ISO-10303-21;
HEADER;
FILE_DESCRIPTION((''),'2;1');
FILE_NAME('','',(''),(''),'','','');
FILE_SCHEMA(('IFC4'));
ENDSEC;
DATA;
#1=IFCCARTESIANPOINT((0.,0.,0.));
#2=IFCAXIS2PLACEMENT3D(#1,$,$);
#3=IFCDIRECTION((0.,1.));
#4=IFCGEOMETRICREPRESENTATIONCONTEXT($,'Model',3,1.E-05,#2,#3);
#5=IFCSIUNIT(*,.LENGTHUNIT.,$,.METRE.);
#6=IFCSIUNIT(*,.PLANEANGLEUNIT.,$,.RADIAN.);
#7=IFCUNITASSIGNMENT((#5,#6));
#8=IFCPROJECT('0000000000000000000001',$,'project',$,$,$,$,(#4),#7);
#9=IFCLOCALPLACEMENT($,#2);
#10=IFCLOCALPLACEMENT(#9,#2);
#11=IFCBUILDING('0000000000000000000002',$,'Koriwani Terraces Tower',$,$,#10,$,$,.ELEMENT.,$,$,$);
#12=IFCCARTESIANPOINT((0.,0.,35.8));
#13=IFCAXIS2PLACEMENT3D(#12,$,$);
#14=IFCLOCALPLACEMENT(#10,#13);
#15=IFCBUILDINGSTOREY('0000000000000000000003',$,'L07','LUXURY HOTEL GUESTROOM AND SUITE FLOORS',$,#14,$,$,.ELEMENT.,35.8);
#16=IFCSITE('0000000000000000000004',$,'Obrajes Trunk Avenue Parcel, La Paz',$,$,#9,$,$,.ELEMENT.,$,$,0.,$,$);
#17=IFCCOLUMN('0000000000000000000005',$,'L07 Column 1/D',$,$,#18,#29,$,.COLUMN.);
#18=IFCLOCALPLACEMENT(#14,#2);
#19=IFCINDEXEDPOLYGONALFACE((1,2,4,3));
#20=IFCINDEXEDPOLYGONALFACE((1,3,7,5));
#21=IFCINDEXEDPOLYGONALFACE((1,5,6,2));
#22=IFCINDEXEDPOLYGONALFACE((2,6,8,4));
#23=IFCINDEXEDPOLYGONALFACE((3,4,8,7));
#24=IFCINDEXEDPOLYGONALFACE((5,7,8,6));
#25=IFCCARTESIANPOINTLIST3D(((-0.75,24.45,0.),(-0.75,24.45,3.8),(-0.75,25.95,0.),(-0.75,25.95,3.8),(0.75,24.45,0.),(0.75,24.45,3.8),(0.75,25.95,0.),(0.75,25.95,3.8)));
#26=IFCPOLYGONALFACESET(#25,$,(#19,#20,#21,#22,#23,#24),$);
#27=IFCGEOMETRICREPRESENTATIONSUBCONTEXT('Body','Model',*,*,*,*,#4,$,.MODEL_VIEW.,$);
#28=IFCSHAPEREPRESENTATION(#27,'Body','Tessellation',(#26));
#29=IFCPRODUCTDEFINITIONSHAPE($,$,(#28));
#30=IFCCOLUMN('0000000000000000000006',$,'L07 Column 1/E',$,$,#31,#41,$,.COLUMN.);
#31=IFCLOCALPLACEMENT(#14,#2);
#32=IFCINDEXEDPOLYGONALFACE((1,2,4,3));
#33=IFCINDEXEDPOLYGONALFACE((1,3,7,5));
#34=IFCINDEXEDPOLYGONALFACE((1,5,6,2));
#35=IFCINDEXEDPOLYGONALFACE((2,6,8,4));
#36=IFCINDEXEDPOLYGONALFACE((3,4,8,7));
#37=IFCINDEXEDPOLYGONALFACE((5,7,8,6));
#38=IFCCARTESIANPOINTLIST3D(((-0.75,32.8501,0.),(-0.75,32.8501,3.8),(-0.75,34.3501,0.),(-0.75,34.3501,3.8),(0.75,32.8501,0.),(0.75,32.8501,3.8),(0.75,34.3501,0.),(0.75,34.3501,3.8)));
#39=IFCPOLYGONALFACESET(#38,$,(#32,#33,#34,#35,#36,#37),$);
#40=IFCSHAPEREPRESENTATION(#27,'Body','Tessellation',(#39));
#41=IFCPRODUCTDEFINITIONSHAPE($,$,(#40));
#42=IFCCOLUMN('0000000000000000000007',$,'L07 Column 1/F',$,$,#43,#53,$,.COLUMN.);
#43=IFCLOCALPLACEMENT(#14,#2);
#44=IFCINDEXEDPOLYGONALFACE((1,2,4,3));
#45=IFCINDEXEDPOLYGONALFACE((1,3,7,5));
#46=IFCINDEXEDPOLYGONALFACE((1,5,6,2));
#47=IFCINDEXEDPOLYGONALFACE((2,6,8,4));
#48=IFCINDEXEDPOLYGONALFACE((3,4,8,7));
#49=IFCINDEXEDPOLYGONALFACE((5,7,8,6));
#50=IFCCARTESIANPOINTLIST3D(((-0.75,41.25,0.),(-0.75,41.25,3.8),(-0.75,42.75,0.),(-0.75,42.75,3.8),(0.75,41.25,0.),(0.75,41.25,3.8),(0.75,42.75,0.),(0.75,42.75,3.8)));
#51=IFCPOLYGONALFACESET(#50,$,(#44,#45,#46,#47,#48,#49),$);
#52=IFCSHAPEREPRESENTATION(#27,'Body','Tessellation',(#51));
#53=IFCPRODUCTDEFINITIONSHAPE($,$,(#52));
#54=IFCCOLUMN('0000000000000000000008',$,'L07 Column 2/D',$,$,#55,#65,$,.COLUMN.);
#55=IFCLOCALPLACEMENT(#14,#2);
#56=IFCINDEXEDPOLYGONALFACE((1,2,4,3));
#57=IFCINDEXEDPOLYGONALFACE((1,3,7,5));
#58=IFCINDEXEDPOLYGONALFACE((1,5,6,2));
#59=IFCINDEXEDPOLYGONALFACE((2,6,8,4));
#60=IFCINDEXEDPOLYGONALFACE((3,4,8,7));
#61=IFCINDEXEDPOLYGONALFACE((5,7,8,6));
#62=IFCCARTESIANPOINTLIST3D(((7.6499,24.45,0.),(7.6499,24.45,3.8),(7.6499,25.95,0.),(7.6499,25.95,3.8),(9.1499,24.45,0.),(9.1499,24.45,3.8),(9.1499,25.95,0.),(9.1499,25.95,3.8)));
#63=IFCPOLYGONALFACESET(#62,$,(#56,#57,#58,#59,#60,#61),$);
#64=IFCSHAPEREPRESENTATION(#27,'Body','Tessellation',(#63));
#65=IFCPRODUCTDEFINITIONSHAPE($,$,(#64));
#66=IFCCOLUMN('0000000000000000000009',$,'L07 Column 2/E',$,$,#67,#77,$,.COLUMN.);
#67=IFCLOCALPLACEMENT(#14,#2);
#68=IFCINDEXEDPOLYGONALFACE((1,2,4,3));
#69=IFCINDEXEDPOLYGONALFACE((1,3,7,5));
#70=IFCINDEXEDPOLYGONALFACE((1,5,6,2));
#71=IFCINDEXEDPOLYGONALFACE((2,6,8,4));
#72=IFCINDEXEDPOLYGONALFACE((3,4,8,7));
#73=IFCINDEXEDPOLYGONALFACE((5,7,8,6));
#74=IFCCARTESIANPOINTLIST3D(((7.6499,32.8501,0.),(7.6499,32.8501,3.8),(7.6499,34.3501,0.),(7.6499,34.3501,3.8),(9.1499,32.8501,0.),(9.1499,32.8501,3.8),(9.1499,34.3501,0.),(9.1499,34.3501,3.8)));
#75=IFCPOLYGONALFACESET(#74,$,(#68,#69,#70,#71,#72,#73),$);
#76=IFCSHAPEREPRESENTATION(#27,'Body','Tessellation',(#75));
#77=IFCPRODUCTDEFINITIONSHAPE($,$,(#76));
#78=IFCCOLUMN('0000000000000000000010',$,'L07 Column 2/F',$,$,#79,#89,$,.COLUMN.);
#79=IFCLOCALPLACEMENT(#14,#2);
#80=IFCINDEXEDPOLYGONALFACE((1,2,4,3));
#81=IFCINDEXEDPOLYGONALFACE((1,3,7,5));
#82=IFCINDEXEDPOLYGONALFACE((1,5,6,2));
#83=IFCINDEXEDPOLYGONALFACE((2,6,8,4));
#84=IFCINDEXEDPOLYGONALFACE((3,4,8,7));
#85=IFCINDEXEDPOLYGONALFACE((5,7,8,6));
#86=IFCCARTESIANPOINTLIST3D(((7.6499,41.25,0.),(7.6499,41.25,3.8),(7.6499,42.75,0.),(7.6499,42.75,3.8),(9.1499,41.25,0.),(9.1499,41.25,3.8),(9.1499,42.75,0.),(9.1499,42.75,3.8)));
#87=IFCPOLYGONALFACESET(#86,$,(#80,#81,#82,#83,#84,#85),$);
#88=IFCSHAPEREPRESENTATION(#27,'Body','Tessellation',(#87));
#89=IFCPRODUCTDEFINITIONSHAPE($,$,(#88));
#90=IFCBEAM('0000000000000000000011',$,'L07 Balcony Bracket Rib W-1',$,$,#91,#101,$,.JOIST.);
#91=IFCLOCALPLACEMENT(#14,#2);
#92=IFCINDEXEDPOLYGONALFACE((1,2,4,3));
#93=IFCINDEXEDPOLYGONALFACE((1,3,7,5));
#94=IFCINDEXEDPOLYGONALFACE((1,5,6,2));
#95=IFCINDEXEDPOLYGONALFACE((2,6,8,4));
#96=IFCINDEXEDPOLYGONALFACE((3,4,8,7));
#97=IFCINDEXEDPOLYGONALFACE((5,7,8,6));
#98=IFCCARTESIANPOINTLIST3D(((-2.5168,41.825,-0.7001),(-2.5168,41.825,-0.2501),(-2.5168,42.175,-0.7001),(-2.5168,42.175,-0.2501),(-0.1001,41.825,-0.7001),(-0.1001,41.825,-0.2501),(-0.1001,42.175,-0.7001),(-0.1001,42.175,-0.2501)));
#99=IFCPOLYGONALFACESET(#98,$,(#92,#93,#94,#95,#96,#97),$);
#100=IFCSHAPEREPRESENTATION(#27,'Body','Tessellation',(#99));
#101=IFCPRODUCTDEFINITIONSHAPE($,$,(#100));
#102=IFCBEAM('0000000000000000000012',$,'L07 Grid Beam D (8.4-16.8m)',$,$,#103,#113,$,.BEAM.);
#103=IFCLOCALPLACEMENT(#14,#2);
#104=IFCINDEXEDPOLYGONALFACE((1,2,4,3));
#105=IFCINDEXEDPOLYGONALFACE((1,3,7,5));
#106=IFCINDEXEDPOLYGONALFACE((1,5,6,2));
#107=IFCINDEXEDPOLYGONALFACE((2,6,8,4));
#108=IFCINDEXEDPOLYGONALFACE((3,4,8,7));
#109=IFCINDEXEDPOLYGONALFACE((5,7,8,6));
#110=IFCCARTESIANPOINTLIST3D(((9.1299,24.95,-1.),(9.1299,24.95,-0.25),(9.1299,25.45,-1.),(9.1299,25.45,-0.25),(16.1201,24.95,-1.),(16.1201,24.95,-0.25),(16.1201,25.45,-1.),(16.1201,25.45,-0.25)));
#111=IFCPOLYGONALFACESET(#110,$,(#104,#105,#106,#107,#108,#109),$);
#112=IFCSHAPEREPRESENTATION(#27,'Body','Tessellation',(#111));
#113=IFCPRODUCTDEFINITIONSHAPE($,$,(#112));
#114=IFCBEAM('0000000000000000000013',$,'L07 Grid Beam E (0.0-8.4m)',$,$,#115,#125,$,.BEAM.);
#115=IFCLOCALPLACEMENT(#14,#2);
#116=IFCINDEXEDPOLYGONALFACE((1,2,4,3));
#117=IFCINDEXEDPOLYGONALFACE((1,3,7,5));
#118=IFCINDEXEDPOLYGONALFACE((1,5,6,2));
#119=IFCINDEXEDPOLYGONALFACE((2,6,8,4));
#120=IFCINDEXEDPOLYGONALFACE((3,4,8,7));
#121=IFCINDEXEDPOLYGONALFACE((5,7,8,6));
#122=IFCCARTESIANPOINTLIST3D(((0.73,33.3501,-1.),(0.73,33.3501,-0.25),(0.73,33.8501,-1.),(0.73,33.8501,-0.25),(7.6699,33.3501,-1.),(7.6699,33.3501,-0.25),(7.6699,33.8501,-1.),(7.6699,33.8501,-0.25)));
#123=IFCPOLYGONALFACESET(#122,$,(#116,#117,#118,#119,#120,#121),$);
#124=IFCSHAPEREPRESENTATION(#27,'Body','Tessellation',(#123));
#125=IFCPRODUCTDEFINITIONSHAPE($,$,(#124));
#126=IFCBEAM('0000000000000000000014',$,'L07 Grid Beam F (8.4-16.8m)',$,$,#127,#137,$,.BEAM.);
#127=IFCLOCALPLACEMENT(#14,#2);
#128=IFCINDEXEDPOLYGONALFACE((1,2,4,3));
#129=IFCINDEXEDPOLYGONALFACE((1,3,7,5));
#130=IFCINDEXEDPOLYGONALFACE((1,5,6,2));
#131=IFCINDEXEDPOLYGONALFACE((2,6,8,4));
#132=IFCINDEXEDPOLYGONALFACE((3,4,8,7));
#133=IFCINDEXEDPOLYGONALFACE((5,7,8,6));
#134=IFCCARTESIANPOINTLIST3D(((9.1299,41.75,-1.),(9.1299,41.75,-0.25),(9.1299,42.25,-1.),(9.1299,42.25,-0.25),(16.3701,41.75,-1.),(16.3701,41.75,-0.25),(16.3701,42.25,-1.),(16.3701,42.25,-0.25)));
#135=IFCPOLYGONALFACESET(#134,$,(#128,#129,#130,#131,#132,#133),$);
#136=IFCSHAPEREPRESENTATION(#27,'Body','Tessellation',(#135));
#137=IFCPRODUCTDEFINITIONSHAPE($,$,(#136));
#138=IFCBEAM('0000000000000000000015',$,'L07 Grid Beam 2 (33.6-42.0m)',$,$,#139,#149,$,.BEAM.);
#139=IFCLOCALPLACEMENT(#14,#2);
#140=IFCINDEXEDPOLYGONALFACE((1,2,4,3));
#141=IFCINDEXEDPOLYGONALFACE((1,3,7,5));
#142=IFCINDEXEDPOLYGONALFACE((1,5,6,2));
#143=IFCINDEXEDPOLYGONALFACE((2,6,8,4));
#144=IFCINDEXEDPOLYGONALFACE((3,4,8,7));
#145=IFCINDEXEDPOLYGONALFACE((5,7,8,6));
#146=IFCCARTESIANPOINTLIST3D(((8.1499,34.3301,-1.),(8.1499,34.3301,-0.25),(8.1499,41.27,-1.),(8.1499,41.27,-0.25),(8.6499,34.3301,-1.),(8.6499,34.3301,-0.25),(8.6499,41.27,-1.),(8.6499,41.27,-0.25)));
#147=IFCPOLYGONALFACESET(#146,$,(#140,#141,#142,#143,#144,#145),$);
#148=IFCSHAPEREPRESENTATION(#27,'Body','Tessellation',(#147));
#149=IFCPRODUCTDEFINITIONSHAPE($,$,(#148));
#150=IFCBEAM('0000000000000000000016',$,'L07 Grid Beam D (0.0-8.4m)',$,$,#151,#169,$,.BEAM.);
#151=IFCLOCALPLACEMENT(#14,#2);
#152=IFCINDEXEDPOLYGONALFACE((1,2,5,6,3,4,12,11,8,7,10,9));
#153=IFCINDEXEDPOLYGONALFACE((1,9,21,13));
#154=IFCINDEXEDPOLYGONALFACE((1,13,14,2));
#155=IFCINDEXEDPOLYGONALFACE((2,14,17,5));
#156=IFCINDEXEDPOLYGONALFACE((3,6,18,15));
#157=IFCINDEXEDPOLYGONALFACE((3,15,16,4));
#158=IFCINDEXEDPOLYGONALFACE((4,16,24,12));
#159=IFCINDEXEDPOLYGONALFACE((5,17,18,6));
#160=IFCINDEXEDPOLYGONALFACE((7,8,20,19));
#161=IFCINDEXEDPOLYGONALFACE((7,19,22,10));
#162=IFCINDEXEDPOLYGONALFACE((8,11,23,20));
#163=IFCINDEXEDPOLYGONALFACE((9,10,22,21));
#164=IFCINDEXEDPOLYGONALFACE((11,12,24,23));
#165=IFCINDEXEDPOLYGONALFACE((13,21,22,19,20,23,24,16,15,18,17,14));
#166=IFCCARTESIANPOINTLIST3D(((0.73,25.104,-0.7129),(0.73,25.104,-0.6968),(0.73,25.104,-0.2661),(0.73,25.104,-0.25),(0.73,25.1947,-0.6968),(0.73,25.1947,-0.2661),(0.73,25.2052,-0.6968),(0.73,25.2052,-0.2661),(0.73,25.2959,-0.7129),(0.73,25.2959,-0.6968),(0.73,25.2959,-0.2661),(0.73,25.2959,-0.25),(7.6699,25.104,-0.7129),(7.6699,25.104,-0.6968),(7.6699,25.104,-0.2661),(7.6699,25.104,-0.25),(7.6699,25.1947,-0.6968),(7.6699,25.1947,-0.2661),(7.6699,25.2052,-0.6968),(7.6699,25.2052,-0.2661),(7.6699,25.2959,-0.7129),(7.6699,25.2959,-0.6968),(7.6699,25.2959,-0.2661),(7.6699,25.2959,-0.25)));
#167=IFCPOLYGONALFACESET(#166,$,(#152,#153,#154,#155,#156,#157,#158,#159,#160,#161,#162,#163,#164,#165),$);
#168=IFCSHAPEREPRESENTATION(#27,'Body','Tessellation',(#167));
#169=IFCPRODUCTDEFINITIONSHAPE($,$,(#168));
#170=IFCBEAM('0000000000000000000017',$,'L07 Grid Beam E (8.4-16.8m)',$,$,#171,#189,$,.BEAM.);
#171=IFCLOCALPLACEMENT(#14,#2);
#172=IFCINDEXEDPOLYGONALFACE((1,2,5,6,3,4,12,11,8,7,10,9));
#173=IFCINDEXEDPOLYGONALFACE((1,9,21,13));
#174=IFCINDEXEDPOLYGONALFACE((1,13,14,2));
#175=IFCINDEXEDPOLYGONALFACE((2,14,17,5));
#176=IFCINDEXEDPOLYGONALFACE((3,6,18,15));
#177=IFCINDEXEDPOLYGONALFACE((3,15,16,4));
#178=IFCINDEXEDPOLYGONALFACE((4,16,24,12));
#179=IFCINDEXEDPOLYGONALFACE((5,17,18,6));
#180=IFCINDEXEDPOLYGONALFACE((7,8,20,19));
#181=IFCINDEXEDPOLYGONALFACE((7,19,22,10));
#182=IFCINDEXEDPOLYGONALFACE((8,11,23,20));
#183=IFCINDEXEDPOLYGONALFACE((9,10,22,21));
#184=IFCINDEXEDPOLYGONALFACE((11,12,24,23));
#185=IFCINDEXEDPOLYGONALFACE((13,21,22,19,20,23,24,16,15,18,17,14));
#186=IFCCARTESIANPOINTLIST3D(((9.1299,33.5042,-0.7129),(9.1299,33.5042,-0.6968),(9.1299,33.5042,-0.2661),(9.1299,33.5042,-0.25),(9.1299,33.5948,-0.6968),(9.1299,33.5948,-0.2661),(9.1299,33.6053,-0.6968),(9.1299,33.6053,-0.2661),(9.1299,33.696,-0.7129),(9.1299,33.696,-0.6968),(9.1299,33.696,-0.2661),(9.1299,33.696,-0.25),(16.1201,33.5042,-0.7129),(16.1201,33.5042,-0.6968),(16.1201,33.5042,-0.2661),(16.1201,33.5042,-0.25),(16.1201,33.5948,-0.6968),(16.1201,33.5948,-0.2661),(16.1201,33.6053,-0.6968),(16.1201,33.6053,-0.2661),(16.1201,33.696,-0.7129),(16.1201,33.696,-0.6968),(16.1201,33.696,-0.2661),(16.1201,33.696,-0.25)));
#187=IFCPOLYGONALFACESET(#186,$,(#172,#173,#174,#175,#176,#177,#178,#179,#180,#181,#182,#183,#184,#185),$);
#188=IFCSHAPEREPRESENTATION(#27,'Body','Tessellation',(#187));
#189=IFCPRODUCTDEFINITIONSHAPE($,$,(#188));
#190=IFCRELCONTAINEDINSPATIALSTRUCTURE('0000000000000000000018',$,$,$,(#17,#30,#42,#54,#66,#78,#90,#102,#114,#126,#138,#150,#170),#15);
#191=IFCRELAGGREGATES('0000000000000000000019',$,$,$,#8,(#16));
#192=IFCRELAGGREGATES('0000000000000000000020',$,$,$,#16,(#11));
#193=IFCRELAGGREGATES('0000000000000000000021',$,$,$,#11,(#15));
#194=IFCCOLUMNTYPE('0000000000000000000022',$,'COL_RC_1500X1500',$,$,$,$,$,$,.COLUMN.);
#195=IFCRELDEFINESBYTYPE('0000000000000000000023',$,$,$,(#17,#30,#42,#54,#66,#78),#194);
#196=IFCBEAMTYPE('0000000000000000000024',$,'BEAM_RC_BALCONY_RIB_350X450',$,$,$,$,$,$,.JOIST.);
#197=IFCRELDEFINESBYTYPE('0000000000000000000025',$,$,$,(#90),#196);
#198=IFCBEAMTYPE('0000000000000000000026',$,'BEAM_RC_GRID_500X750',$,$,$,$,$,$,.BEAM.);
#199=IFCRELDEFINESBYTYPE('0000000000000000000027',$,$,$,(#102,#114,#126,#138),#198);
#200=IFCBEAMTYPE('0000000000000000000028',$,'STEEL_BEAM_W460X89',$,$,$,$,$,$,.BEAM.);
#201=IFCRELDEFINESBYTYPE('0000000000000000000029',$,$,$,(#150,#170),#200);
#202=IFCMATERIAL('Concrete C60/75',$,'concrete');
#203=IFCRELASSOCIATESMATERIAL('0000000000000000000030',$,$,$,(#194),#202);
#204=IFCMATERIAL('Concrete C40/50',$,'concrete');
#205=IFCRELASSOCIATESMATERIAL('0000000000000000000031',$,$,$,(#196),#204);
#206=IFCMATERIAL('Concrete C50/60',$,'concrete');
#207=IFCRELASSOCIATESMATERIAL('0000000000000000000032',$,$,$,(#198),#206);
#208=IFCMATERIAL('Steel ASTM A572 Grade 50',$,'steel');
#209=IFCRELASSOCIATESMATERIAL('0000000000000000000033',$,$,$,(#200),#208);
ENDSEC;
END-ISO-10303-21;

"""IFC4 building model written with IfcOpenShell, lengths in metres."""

from ifc_helpers import new_model, si_unit, direction, frame, origin, origin_2d, place, context, subcontext, project, spatial, rectangle, i_section, extrude, material, material_profile, profile_set, type_object, element, save


model = new_model("IFC4")

# Units and contexts
model_context = context("Model", 3, precision=1e-05, world=origin(), true_north=direction((0.0, 1.0)))
body_context = subcontext(model_context, "Body", "Model", "MODEL_VIEW")
ifc_project = project(units=[si_unit("LENGTHUNIT", "METRE"), si_unit("PLANEANGLEUNIT", "RADIAN")], contexts=[model_context])

# Site, building, storey
site_placement = place(None, origin())
site = spatial("IfcSite", under=ifc_project, at=site_placement, Name="Obrajes Trunk Avenue Parcel, La Paz", CompositionType="ELEMENT", RefElevation=0.0)
building_placement = place(site_placement, origin())
building = spatial("IfcBuilding", under=site, at=building_placement, Name="Koriwani Terraces Tower", CompositionType="ELEMENT")
storey_placement = place(building_placement, frame((0.0, 0.0, 35.8)))
storey = spatial("IfcBuildingStorey", under=building, at=storey_placement, Name="L07", Description="LUXURY HOTEL GUESTROOM AND SUITE FLOORS", CompositionType="ELEMENT", Elevation=35.8)

# Columns
ifc_material_1 = material(Name="Concrete C60/75", Category="concrete")
ifc_material_profile_1 = material_profile(ifc_material_1, rectangle(XDim=1.5, YDim=1.5, at=origin_2d()), Name="Concrete C60/75", Category="LoadBearing")
ifc_profile_set_1 = profile_set([ifc_material_profile_1], Name="Concrete C60/75")
column_type = type_object("IfcColumnType", Name="COL_RC_1500X1500", PredefinedType="COLUMN", material=ifc_profile_set_1)
for number, where, z_axis, x_axis, name in (
    (1, (0.0, 25.2, 0.0), (0.0, 0.0, 1.0), (1.0, 0.0, 0.0), "L07 Column 1/D"),
    (2, (0.0, 33.6001, 0.0), (0.0, 0.0, 1.0), (1.0, 0.0, 0.0), "L07 Column 1/E"),
    (3, (0.0, 42.0, 0.0), (0.0, 0.0, 1.0), (1.0, 0.0, 0.0), "L07 Column 1/F"),
    (4, (8.3999, 25.2, 0.0), (0.0, 0.0, 1.0), (1.0, 0.0, 0.0), "L07 Column 2/D"),
    (5, (8.3999, 33.6001, 0.0), (0.0, 0.0, 1.0), (1.0, 0.0, 0.0), "L07 Column 2/E"),
    (6, (8.3999, 42.0, 0.0), (0.0, 0.0, 1.0), (1.0, 0.0, 0.0), "L07 Column 2/F"),
):
    element("IfcColumn", number, at=place(storey_placement, frame(where, z_axis=z_axis, x_axis=x_axis)), inside=storey, type_object=column_type, Name=name, PredefinedType="COLUMN", context=body_context, shape_type="SweptSolid", body=[
        extrude(rectangle(XDim=1.5, YDim=1.5, at=origin_2d()), origin(), (0.0, 0.0, 1.0), 3.8),
    ])

# Beams
ifc_material_2 = material(Name="Concrete C40/50", Category="concrete")
ifc_material_profile_2 = material_profile(ifc_material_2, rectangle(XDim=0.3501, YDim=0.45, at=origin_2d()), Name="Concrete C40/50", Category="LoadBearing")
ifc_profile_set_2 = profile_set([ifc_material_profile_2], Name="Concrete C40/50")
beam_type_1 = type_object("IfcBeamType", Name="BEAM_RC_BALCONY_RIB_350X450", PredefinedType="JOIST", material=ifc_profile_set_2)
beam_1_placement = place(storey_placement, frame((-2.5168, 42.0, -0.4751), z_axis=(1.0, 0.0, 0.0), x_axis=(0.0, 1.0, 0.0)))
element("IfcBeam", 7, at=beam_1_placement, inside=storey, type_object=beam_type_1, Name="L07 Balcony Bracket Rib W-1", PredefinedType="JOIST", context=body_context, shape_type="SweptSolid", body=[
    extrude(rectangle(XDim=0.3501, YDim=0.45, at=origin_2d()), origin(), (0.0, 0.0, 1.0), 2.4167),
])
ifc_material_3 = material(Name="Concrete C50/60", Category="concrete")
ifc_material_profile_3 = material_profile(ifc_material_3, rectangle(XDim=0.5, YDim=0.75, at=origin_2d()), Name="Concrete C50/60", Category="LoadBearing")
ifc_profile_set_3 = profile_set([ifc_material_profile_3], Name="Concrete C50/60")
beam_type_2 = type_object("IfcBeamType", Name="BEAM_RC_GRID_500X750", PredefinedType="BEAM", material=ifc_profile_set_3)
beam_2_placement = place(storey_placement, frame((9.1299, 25.2, -0.625), z_axis=(1.0, 0.0, 0.0), x_axis=(0.0, 1.0, 0.0)))
element("IfcBeam", 8, at=beam_2_placement, inside=storey, type_object=beam_type_2, Name="L07 Grid Beam D (8.4-16.8m)", PredefinedType="BEAM", context=body_context, shape_type="SweptSolid", body=[
    extrude(rectangle(XDim=0.5, YDim=0.75, at=origin_2d()), origin(), (0.0, 0.0, 1.0), 6.9902),
])
beam_3_placement = place(storey_placement, frame((0.73, 33.6001, -0.625), z_axis=(1.0, 0.0, 0.0), x_axis=(0.0, 1.0, 0.0)))
element("IfcBeam", 9, at=beam_3_placement, inside=storey, type_object=beam_type_2, Name="L07 Grid Beam E (0.0-8.4m)", PredefinedType="BEAM", context=body_context, shape_type="SweptSolid", body=[
    extrude(rectangle(XDim=0.5, YDim=0.75, at=origin_2d()), origin(), (0.0, 0.0, 1.0), 6.9399),
])
beam_4_placement = place(storey_placement, frame((9.1299, 42.0, -0.625), z_axis=(1.0, 0.0, 0.0), x_axis=(0.0, 1.0, 0.0)))
element("IfcBeam", 10, at=beam_4_placement, inside=storey, type_object=beam_type_2, Name="L07 Grid Beam F (8.4-16.8m)", PredefinedType="BEAM", context=body_context, shape_type="SweptSolid", body=[
    extrude(rectangle(XDim=0.5, YDim=0.75, at=origin_2d()), origin(), (0.0, 0.0, 1.0), 7.2402),
])
beam_5_placement = place(storey_placement, frame((8.3999, 34.3301, -0.625), z_axis=(0.0, 1.0, 0.0), x_axis=(-1.0, 0.0, 0.0)))
element("IfcBeam", 11, at=beam_5_placement, inside=storey, type_object=beam_type_2, Name="L07 Grid Beam 2 (33.6-42.0m)", PredefinedType="BEAM", context=body_context, shape_type="SweptSolid", body=[
    extrude(rectangle(XDim=0.5, YDim=0.75, at=origin_2d()), origin(), (0.0, 0.0, 1.0), 6.9399),
])
ifc_material_4 = material(Name="Steel ASTM A572 Grade 50", Category="steel")
ifc_material_profile_4 = material_profile(ifc_material_4, i_section(OverallWidth=0.1919, OverallDepth=0.4629, WebThickness=0.0105, FlangeThickness=0.0161, at=origin_2d()), Name="Steel ASTM A572 Grade 50", Category="LoadBearing")
ifc_profile_set_4 = profile_set([ifc_material_profile_4], Name="Steel ASTM A572 Grade 50")
beam_type_3 = type_object("IfcBeamType", Name="STEEL_BEAM_W460X89", PredefinedType="BEAM", material=ifc_profile_set_4)
beam_6_placement = place(storey_placement, frame((0.73, 25.2, -0.4814), z_axis=(1.0, 0.0, 0.0), x_axis=(0.0, 1.0, 0.0)))
element("IfcBeam", 12, at=beam_6_placement, inside=storey, type_object=beam_type_3, Name="L07 Grid Beam D (0.0-8.4m)", PredefinedType="BEAM", context=body_context, shape_type="SweptSolid", body=[
    extrude(i_section(OverallWidth=0.1919, OverallDepth=0.4629, WebThickness=0.0105, FlangeThickness=0.0161, at=origin_2d()), origin(), (0.0, 0.0, 1.0), 6.9399),
])
beam_7_placement = place(storey_placement, frame((9.1299, 33.6001, -0.4814), z_axis=(1.0, 0.0, 0.0), x_axis=(0.0, 1.0, 0.0)))
element("IfcBeam", 13, at=beam_7_placement, inside=storey, type_object=beam_type_3, Name="L07 Grid Beam E (8.4-16.8m)", PredefinedType="BEAM", context=body_context, shape_type="SweptSolid", body=[
    extrude(i_section(OverallWidth=0.1919, OverallDepth=0.4629, WebThickness=0.0105, FlangeThickness=0.0161, at=origin_2d()), origin(), (0.0, 0.0, 1.0), 6.9902),
])

save(model, "model.ifc")
